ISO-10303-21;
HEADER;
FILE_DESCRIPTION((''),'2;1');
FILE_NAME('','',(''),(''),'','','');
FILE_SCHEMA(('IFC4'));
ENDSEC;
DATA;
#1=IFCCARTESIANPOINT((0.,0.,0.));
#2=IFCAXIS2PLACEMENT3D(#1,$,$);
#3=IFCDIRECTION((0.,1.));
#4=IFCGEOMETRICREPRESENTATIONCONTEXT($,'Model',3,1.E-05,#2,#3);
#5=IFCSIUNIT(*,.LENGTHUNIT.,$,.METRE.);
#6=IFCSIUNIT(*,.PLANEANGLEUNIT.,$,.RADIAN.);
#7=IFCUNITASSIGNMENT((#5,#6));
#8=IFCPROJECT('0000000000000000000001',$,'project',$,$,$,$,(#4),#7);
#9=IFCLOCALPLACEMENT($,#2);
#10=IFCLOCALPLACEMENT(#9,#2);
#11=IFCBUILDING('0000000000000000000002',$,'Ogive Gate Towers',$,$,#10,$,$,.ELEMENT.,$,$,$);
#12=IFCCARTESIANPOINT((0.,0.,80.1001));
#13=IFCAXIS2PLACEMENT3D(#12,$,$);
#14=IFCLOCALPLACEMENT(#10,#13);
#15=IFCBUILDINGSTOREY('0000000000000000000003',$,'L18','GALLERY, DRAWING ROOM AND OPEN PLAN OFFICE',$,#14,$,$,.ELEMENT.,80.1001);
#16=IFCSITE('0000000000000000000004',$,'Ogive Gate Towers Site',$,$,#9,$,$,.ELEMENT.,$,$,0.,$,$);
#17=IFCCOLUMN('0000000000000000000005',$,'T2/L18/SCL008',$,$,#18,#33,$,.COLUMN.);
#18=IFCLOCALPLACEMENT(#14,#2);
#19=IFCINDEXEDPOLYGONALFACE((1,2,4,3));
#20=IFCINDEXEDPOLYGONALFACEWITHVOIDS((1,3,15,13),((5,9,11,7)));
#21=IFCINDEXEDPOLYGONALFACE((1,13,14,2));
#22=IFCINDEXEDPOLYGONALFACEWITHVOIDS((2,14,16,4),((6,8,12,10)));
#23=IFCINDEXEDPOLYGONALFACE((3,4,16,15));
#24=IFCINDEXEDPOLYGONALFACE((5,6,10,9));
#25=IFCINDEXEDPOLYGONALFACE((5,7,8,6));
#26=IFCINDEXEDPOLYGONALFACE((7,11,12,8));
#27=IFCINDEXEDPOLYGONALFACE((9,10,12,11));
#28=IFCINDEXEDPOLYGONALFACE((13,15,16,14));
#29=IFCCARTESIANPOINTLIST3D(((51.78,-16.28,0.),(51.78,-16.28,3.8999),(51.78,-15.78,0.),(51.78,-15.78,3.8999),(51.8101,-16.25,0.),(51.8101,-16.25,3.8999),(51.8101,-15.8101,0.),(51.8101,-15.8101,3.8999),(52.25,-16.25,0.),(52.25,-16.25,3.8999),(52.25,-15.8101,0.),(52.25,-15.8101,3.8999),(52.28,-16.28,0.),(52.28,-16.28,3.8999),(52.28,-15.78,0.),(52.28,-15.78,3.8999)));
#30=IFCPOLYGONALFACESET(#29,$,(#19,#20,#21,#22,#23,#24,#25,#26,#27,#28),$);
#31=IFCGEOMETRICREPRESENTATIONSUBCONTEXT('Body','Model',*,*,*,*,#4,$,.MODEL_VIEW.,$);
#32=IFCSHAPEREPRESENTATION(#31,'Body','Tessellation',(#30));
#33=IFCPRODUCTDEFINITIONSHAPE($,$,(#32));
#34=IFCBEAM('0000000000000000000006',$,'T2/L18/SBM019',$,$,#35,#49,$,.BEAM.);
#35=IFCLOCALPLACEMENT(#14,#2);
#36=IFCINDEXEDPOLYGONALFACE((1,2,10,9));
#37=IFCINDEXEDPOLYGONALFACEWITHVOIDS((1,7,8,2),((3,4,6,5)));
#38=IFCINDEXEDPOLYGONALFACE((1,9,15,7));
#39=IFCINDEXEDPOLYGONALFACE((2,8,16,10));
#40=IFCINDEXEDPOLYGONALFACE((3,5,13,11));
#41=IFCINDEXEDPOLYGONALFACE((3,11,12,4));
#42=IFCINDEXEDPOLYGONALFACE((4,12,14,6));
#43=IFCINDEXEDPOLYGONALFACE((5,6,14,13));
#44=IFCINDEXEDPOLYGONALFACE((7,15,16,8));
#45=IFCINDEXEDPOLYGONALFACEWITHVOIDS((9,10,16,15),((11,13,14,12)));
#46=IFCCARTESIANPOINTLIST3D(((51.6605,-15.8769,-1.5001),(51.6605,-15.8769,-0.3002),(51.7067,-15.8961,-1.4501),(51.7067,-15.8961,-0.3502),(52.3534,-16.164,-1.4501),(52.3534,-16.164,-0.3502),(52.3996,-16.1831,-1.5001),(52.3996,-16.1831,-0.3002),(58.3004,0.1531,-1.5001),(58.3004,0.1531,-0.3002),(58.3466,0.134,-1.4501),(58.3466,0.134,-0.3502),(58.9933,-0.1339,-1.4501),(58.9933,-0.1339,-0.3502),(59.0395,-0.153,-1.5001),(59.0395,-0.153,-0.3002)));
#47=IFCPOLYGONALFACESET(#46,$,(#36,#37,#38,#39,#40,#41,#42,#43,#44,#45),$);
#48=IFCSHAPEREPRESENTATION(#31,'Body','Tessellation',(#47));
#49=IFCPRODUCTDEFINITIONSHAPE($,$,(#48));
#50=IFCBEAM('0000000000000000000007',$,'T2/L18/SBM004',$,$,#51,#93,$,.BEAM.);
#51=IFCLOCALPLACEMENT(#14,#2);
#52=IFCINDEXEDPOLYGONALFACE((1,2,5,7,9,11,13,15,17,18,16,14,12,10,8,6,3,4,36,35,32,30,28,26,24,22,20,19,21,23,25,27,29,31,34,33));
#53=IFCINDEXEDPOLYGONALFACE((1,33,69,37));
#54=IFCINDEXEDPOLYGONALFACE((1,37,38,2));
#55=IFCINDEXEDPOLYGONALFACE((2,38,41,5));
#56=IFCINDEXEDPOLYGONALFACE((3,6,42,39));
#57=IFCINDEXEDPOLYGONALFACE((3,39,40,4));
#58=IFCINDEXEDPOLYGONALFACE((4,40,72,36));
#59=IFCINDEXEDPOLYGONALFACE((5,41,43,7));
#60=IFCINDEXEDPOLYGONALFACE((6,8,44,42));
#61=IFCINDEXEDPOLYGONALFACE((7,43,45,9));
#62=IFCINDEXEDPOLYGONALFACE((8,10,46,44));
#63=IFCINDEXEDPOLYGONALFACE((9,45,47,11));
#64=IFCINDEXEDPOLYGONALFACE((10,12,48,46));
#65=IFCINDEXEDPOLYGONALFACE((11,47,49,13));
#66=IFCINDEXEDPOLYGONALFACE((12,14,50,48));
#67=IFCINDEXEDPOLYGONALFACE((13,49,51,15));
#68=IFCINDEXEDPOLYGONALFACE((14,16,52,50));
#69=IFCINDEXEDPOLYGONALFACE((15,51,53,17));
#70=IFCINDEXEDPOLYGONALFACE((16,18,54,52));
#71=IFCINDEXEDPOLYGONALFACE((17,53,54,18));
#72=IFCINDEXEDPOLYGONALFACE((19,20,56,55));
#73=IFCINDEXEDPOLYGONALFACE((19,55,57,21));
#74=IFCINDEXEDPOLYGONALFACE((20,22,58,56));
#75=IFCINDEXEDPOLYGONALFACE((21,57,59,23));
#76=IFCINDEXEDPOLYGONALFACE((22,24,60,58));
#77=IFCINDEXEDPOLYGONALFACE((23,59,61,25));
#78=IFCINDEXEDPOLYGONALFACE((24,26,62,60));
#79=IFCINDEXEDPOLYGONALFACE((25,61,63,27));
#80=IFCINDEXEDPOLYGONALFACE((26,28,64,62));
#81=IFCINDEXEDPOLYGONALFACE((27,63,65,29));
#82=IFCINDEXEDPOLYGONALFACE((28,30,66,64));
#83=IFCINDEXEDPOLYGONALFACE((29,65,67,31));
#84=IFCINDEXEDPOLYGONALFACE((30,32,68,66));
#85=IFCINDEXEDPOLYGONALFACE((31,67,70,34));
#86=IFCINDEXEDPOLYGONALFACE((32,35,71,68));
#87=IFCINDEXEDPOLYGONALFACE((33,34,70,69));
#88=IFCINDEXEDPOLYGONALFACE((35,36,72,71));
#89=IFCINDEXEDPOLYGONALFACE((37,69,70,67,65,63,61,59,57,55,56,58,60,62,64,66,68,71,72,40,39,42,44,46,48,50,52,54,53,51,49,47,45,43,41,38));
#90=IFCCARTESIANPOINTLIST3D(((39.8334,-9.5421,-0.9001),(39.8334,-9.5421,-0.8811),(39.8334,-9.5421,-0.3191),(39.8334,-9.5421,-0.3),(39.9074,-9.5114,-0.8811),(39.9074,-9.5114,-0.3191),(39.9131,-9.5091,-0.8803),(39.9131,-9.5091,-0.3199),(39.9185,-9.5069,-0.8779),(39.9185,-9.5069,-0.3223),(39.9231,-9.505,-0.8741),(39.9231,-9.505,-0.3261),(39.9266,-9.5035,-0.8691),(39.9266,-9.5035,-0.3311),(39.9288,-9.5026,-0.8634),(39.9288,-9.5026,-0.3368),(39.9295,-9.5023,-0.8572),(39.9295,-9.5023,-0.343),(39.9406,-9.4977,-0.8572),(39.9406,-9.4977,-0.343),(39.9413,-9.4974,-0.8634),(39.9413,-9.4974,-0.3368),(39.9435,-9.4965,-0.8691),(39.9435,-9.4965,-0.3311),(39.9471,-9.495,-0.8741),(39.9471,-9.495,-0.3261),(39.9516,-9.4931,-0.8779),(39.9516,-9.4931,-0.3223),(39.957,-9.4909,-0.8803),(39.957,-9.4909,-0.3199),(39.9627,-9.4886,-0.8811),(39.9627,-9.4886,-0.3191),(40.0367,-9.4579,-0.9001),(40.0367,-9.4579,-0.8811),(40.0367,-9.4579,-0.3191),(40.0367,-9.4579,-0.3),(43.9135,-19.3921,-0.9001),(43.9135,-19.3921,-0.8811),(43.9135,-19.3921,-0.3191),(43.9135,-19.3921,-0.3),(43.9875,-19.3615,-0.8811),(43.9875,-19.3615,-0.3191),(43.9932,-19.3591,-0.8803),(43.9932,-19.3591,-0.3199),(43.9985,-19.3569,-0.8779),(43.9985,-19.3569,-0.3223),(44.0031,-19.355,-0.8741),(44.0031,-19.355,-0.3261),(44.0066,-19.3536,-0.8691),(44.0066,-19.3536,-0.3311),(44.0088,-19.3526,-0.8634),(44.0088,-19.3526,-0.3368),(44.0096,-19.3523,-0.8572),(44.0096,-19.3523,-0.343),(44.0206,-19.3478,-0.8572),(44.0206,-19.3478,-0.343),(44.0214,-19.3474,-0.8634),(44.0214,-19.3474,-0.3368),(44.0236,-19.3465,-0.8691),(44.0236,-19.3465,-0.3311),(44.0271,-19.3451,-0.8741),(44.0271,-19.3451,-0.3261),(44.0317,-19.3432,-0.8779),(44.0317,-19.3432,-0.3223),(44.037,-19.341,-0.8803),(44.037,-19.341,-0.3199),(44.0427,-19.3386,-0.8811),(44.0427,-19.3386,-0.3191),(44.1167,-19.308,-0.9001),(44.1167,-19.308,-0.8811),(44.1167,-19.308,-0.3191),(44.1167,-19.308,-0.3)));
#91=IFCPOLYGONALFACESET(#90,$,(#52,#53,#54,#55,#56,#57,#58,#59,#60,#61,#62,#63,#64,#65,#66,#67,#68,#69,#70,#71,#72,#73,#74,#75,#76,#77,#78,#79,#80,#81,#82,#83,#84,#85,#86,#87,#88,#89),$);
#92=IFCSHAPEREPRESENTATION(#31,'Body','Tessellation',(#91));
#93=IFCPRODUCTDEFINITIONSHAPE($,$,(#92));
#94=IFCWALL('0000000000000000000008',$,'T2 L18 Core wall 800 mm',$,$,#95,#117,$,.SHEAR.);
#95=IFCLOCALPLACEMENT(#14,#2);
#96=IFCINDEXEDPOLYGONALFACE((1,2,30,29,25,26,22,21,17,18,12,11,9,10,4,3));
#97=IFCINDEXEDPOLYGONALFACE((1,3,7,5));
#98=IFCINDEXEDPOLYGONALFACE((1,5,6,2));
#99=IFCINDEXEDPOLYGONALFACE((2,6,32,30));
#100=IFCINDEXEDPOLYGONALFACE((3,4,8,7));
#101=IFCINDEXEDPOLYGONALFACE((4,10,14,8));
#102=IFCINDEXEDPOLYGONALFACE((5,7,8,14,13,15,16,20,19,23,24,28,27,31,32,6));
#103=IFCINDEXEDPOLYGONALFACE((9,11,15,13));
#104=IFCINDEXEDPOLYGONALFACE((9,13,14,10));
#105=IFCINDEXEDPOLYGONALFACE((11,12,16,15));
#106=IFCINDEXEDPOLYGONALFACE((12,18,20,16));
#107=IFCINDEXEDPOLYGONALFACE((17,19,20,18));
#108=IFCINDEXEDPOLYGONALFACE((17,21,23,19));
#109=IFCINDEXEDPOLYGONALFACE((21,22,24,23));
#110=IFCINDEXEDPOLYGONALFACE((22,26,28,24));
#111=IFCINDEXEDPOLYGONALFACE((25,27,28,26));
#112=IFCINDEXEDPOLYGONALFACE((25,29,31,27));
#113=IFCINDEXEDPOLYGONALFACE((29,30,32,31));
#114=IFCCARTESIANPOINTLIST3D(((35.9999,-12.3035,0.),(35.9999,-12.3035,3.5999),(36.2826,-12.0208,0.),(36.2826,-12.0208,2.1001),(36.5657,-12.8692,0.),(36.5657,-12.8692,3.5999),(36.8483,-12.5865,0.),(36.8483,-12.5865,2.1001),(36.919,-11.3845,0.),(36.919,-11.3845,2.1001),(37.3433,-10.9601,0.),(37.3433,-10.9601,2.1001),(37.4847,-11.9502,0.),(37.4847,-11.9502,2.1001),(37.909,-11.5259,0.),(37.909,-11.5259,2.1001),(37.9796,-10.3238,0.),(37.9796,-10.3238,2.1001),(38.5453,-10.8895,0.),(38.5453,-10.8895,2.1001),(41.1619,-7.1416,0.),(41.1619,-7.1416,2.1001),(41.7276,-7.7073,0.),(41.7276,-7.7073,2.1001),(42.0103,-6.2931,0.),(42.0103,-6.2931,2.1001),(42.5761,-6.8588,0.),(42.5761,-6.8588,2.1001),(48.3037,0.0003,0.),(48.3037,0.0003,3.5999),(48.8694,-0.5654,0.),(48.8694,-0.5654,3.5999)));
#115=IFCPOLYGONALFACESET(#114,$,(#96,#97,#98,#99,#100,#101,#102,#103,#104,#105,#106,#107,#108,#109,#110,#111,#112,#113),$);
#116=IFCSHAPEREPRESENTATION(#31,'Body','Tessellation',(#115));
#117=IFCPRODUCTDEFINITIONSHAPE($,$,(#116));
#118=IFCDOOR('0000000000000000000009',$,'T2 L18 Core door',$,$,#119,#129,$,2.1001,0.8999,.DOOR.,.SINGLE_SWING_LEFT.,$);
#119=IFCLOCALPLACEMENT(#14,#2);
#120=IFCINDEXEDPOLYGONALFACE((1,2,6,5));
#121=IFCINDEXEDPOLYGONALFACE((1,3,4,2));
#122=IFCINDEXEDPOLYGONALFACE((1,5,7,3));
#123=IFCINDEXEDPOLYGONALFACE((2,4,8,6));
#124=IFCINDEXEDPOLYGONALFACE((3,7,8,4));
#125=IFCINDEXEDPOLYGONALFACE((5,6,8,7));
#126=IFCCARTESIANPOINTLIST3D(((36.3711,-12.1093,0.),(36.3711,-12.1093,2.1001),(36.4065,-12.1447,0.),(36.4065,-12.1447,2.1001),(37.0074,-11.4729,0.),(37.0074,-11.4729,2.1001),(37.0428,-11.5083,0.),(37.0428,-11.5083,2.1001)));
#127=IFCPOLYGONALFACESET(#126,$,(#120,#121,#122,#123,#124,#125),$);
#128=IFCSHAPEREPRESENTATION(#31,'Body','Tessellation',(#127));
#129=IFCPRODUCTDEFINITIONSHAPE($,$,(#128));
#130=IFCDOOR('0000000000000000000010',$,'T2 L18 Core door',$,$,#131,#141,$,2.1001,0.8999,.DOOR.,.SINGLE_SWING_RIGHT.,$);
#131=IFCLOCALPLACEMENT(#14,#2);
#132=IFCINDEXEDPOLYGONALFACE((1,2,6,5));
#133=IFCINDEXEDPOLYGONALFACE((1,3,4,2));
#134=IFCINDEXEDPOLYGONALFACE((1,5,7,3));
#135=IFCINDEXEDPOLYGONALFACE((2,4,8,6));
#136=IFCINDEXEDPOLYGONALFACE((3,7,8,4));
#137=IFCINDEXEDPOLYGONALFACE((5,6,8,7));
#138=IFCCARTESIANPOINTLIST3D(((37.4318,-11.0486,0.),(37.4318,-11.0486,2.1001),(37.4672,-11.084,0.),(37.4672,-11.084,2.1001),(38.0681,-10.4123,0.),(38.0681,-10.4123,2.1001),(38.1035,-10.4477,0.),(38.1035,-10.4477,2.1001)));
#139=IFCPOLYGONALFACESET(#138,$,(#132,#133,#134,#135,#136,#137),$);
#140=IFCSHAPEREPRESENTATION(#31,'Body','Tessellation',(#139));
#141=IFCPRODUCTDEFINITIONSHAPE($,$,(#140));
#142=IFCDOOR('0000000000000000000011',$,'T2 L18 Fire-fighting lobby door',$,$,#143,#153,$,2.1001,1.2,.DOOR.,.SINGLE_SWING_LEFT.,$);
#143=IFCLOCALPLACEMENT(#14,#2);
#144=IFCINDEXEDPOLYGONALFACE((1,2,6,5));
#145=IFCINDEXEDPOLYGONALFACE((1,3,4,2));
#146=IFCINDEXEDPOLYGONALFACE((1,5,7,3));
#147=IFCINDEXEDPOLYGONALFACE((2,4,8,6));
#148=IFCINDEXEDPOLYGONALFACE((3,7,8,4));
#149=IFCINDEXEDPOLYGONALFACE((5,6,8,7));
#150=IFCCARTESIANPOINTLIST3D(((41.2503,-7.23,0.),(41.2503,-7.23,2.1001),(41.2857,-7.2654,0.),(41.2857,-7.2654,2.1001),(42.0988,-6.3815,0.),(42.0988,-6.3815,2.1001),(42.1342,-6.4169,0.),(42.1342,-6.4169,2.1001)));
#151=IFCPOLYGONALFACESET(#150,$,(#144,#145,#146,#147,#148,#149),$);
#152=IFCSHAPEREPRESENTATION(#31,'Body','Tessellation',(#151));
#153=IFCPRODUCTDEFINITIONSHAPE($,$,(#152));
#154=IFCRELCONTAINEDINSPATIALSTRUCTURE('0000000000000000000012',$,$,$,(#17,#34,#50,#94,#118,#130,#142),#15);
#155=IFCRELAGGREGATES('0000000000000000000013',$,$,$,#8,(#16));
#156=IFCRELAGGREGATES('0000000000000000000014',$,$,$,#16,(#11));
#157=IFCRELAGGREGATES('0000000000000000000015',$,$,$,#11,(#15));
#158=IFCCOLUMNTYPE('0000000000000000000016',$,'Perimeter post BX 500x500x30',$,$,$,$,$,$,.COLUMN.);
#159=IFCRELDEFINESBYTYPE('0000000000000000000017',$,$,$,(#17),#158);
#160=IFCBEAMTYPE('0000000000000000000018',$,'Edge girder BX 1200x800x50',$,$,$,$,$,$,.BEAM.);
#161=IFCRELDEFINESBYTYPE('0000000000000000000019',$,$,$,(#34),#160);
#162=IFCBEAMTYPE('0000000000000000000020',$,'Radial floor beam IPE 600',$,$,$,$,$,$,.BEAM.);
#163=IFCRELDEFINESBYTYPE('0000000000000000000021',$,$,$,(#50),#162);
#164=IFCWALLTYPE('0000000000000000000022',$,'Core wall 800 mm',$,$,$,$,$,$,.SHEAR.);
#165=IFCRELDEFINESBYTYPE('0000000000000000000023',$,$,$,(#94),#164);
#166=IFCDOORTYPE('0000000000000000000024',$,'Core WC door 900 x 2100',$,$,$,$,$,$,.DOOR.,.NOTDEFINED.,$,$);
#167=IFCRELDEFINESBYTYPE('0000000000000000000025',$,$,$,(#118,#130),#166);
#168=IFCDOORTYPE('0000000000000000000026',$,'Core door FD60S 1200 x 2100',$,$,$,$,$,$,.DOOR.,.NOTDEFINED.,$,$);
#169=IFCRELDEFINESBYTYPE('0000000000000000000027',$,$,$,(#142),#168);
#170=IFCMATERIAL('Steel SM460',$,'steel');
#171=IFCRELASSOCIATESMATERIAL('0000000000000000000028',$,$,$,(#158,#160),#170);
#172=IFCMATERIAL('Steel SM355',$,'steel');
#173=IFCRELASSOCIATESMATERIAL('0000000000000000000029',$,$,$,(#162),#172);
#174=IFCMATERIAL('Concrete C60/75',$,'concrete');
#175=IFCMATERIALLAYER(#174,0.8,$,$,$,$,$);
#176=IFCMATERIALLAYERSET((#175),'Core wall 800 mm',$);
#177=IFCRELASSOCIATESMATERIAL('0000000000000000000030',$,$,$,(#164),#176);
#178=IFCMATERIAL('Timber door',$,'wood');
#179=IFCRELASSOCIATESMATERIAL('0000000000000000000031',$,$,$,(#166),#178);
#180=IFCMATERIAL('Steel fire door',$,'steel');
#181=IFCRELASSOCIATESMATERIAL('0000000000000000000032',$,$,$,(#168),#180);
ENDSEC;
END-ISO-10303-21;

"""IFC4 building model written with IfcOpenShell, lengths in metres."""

from ifc_helpers import new_model, si_unit, direction, frame, frame_2d, origin, origin_2d, place, context, subcontext, project, spatial, rectangle, hollow_rectangle, i_section, extrude, material, layer, layer_set, material_profile, profile_set, type_object, element, fill, save


model = new_model("IFC4")

# Units and contexts
model_context = context("Model", 3, precision=1e-05, world=origin(), true_north=direction((0.0, 1.0)))
body_context = subcontext(model_context, "Body", "Model", "MODEL_VIEW")
ifc_project = project(units=[si_unit("LENGTHUNIT", "METRE"), si_unit("PLANEANGLEUNIT", "RADIAN")], contexts=[model_context])

# Site, building, storey
site_placement = place(None, origin())
site = spatial("IfcSite", under=ifc_project, at=site_placement, Name="Ogive Gate Towers Site", CompositionType="ELEMENT", RefElevation=0.0)
building_placement = place(site_placement, origin())
building = spatial("IfcBuilding", under=site, at=building_placement, Name="Ogive Gate Towers", CompositionType="ELEMENT")
storey_placement = place(building_placement, frame((0.0, 0.0, 80.1001)))
storey = spatial("IfcBuildingStorey", under=building, at=storey_placement, Name="L18", Description="GALLERY, DRAWING ROOM AND OPEN PLAN OFFICE", CompositionType="ELEMENT", Elevation=80.1001)

# Column
ifc_material_1 = material(Name="Steel SM460", Category="steel")
ifc_material_profile_1 = material_profile(ifc_material_1, hollow_rectangle(XDim=0.5, YDim=0.5, WallThickness=0.03, at=origin_2d()), Name="BX 500x500x30")
ifc_profile_set_1 = profile_set([ifc_material_profile_1], Name="Steel SM460")
column_type = type_object("IfcColumnType", Name="Perimeter post BX 500x500x30", PredefinedType="COLUMN", material=ifc_profile_set_1)
column_placement = place(storey_placement, frame((52.03, -16.03, 0.0), z_axis=(0.0, 0.0, 1.0), x_axis=(1.0, 0.0, 0.0)))
element("IfcColumn", 1, at=column_placement, inside=storey, type_object=column_type, Name="T2/L18/SCL008", PredefinedType="COLUMN", context=body_context, shape_type="SweptSolid", body=[
    extrude(hollow_rectangle(XDim=0.5, YDim=0.5, WallThickness=0.03, at=origin_2d()), origin(), (0.0, 0.0, 1.0), 3.8999),
])

# Beams
ifc_material_profile_2 = material_profile(ifc_material_1, hollow_rectangle(XDim=0.8, YDim=1.2, WallThickness=0.05, at=origin_2d()), Name="BX 1200x800x50")
ifc_profile_set_2 = profile_set([ifc_material_profile_2], Name="Steel SM460")
beam_type_1 = type_object("IfcBeamType", Name="Edge girder BX 1200x800x50", PredefinedType="BEAM", material=ifc_profile_set_2)
beam_1_placement = place(storey_placement, frame((52.03, -16.03, -0.9001), z_axis=(0.382685, 0.923879, 0.0), x_axis=(-0.923879, 0.382685, 0.0)))
element("IfcBeam", 2, at=beam_1_placement, inside=storey, type_object=beam_type_1, Name="T2/L18/SBM019", PredefinedType="BEAM", context=body_context, shape_type="SweptSolid", body=[
    extrude(hollow_rectangle(XDim=0.8, YDim=1.2, WallThickness=0.05, at=origin_2d()), origin(), (0.0, 0.0, 1.0), 17.3508),
])
ifc_material_2 = material(Name="Steel SM355", Category="steel")
ifc_material_profile_3 = material_profile(ifc_material_2, i_section(OverallWidth=0.22, OverallDepth=0.6001, WebThickness=0.012, FlangeThickness=0.019, FilletRadius=0.0239, at=origin_2d()), Name="IPE 600")
ifc_profile_set_3 = profile_set([ifc_material_profile_3], Name="Steel SM355")
beam_type_2 = type_object("IfcBeamType", Name="Radial floor beam IPE 600", PredefinedType="BEAM", material=ifc_profile_set_3)
beam_2_placement = place(storey_placement, frame((39.9351, -9.5, -0.6001), z_axis=(0.382686, -0.923878, 0.0), x_axis=(0.923878, 0.382686, 0.0)))
element("IfcBeam", 3, at=beam_2_placement, inside=storey, type_object=beam_type_2, Name="T2/L18/SBM004", PredefinedType="BEAM", context=body_context, shape_type="SweptSolid", body=[
    extrude(i_section(OverallWidth=0.22, OverallDepth=0.6001, WebThickness=0.012, FlangeThickness=0.019, FilletRadius=0.0239, at=origin_2d()), origin(), (0.0, 0.0, 1.0), 10.6616),
])

# Wall, openings, doors
ifc_material_3 = material(Name="Concrete C60/75", Category="concrete")
ifc_layer_1 = layer(ifc_material_3, 0.8)
ifc_layer_set_1 = layer_set([ifc_layer_1], Name="Core wall 800 mm")
wall_type_1 = type_object("IfcWallType", Name="Core wall 800 mm", PredefinedType="SHEAR", material=ifc_layer_set_1)
wall_1_placement = place(storey_placement, frame((36.2827, -12.5864, 0.0), z_axis=(0.0, 0.0, 1.0), x_axis=(0.707107, 0.707107, 0.0)))
wall_1 = element("IfcWall", 4, at=wall_1_placement, inside=storey, type_object=wall_type_1, Name="T2 L18 Core wall 800 mm", PredefinedType="SHEAR", context=body_context, shape_type="SweptSolid", body=[
    extrude(rectangle(XDim=17.4001, YDim=0.8, at=frame_2d((8.7002, 0.0))), origin(), (0.0, 0.0, 1.0), 3.5999),
])
opening_1_placement = place(wall_1_placement, frame((7.3, 0.0, 0.0)))
opening_1 = element("IfcOpeningElement", 5, at=opening_1_placement, cuts=wall_1, PredefinedType="OPENING", context=body_context, shape_type="SweptSolid", body=[
    extrude(rectangle(XDim=1.2, YDim=2.1001, at=frame_2d((0.6001, 1.05))), frame((0.0, 0.4102, 0.0), z_axis=(0.0, -1.0, 0.0), x_axis=(1.0, 0.0, 0.0)), (0.0, 0.0, 1.0), 0.8201),
])
opening_2_placement = place(wall_1_placement, frame((0.3999, 0.0, 0.0)))
opening_2 = element("IfcOpeningElement", 6, at=opening_2_placement, cuts=wall_1, PredefinedType="OPENING", context=body_context, shape_type="SweptSolid", body=[
    extrude(rectangle(XDim=0.8999, YDim=2.1001, at=frame_2d((0.45, 1.05))), frame((0.0, 0.4102, 0.0), z_axis=(0.0, -1.0, 0.0), x_axis=(1.0, 0.0, 0.0)), (0.0, 0.0, 1.0), 0.8201),
])
opening_3_placement = place(wall_1_placement, frame((1.8999, 0.0, 0.0)))
opening_3 = element("IfcOpeningElement", 7, at=opening_3_placement, cuts=wall_1, PredefinedType="OPENING", context=body_context, shape_type="SweptSolid", body=[
    extrude(rectangle(XDim=0.8999, YDim=2.1001, at=frame_2d((0.45, 1.05))), frame((0.0, 0.4102, 0.0), z_axis=(0.0, -1.0, 0.0), x_axis=(1.0, 0.0, 0.0)), (0.0, 0.0, 1.0), 0.8201),
])
ifc_material_4 = material(Name="Timber door", Category="wood")
door_type_1 = type_object("IfcDoorType", Name="Core WC door 900 x 2100", OperationType="NOTDEFINED", PredefinedType="DOOR", material=ifc_material_4)
door_1_placement = place(opening_2_placement, origin())
door_1 = element("IfcDoor", 8, at=door_1_placement, inside=storey, type_object=door_type_1, Name="T2 L18 Core door", OperationType="SINGLE_SWING_LEFT", OverallHeight=2.1001, OverallWidth=0.8999, PredefinedType="DOOR", context=body_context, shape_type="SweptSolid", body=[
    extrude(rectangle(XDim=0.8999, YDim=2.1001, at=frame_2d((0.45, 1.05))), frame((0.0, 0.2749, 0.0), z_axis=(0.0, -1.0, 0.0), x_axis=(1.0, 0.0, 0.0)), (0.0, 0.0, 1.0), 0.05),
])
fill(opening_2, door_1)
door_2_placement = place(opening_3_placement, origin())
door_2 = element("IfcDoor", 9, at=door_2_placement, inside=storey, type_object=door_type_1, Name="T2 L18 Core door", OperationType="SINGLE_SWING_RIGHT", OverallHeight=2.1001, OverallWidth=0.8999, PredefinedType="DOOR", context=body_context, shape_type="SweptSolid", body=[
    extrude(rectangle(XDim=0.8999, YDim=2.1001, at=frame_2d((0.45, 1.05))), frame((0.0, 0.2749, 0.0), z_axis=(0.0, -1.0, 0.0), x_axis=(1.0, 0.0, 0.0)), (0.0, 0.0, 1.0), 0.05),
])
fill(opening_3, door_2)
ifc_material_5 = material(Name="Steel fire door", Category="steel")
door_type_2 = type_object("IfcDoorType", Name="Core door FD60S 1200 x 2100", OperationType="NOTDEFINED", PredefinedType="DOOR", material=ifc_material_5)
door_3_placement = place(opening_1_placement, origin())
door_3 = element("IfcDoor", 10, at=door_3_placement, inside=storey, type_object=door_type_2, Name="T2 L18 Fire-fighting lobby door", OperationType="SINGLE_SWING_LEFT", OverallHeight=2.1001, OverallWidth=1.2, PredefinedType="DOOR", context=body_context, shape_type="SweptSolid", body=[
    extrude(rectangle(XDim=1.2, YDim=2.1001, at=frame_2d((0.6001, 1.05))), frame((0.0, 0.2749, 0.0), z_axis=(0.0, -1.0, 0.0), x_axis=(1.0, 0.0, 0.0)), (0.0, 0.0, 1.0), 0.05),
])
fill(opening_1, door_3)

save(model, "model.ifc")
